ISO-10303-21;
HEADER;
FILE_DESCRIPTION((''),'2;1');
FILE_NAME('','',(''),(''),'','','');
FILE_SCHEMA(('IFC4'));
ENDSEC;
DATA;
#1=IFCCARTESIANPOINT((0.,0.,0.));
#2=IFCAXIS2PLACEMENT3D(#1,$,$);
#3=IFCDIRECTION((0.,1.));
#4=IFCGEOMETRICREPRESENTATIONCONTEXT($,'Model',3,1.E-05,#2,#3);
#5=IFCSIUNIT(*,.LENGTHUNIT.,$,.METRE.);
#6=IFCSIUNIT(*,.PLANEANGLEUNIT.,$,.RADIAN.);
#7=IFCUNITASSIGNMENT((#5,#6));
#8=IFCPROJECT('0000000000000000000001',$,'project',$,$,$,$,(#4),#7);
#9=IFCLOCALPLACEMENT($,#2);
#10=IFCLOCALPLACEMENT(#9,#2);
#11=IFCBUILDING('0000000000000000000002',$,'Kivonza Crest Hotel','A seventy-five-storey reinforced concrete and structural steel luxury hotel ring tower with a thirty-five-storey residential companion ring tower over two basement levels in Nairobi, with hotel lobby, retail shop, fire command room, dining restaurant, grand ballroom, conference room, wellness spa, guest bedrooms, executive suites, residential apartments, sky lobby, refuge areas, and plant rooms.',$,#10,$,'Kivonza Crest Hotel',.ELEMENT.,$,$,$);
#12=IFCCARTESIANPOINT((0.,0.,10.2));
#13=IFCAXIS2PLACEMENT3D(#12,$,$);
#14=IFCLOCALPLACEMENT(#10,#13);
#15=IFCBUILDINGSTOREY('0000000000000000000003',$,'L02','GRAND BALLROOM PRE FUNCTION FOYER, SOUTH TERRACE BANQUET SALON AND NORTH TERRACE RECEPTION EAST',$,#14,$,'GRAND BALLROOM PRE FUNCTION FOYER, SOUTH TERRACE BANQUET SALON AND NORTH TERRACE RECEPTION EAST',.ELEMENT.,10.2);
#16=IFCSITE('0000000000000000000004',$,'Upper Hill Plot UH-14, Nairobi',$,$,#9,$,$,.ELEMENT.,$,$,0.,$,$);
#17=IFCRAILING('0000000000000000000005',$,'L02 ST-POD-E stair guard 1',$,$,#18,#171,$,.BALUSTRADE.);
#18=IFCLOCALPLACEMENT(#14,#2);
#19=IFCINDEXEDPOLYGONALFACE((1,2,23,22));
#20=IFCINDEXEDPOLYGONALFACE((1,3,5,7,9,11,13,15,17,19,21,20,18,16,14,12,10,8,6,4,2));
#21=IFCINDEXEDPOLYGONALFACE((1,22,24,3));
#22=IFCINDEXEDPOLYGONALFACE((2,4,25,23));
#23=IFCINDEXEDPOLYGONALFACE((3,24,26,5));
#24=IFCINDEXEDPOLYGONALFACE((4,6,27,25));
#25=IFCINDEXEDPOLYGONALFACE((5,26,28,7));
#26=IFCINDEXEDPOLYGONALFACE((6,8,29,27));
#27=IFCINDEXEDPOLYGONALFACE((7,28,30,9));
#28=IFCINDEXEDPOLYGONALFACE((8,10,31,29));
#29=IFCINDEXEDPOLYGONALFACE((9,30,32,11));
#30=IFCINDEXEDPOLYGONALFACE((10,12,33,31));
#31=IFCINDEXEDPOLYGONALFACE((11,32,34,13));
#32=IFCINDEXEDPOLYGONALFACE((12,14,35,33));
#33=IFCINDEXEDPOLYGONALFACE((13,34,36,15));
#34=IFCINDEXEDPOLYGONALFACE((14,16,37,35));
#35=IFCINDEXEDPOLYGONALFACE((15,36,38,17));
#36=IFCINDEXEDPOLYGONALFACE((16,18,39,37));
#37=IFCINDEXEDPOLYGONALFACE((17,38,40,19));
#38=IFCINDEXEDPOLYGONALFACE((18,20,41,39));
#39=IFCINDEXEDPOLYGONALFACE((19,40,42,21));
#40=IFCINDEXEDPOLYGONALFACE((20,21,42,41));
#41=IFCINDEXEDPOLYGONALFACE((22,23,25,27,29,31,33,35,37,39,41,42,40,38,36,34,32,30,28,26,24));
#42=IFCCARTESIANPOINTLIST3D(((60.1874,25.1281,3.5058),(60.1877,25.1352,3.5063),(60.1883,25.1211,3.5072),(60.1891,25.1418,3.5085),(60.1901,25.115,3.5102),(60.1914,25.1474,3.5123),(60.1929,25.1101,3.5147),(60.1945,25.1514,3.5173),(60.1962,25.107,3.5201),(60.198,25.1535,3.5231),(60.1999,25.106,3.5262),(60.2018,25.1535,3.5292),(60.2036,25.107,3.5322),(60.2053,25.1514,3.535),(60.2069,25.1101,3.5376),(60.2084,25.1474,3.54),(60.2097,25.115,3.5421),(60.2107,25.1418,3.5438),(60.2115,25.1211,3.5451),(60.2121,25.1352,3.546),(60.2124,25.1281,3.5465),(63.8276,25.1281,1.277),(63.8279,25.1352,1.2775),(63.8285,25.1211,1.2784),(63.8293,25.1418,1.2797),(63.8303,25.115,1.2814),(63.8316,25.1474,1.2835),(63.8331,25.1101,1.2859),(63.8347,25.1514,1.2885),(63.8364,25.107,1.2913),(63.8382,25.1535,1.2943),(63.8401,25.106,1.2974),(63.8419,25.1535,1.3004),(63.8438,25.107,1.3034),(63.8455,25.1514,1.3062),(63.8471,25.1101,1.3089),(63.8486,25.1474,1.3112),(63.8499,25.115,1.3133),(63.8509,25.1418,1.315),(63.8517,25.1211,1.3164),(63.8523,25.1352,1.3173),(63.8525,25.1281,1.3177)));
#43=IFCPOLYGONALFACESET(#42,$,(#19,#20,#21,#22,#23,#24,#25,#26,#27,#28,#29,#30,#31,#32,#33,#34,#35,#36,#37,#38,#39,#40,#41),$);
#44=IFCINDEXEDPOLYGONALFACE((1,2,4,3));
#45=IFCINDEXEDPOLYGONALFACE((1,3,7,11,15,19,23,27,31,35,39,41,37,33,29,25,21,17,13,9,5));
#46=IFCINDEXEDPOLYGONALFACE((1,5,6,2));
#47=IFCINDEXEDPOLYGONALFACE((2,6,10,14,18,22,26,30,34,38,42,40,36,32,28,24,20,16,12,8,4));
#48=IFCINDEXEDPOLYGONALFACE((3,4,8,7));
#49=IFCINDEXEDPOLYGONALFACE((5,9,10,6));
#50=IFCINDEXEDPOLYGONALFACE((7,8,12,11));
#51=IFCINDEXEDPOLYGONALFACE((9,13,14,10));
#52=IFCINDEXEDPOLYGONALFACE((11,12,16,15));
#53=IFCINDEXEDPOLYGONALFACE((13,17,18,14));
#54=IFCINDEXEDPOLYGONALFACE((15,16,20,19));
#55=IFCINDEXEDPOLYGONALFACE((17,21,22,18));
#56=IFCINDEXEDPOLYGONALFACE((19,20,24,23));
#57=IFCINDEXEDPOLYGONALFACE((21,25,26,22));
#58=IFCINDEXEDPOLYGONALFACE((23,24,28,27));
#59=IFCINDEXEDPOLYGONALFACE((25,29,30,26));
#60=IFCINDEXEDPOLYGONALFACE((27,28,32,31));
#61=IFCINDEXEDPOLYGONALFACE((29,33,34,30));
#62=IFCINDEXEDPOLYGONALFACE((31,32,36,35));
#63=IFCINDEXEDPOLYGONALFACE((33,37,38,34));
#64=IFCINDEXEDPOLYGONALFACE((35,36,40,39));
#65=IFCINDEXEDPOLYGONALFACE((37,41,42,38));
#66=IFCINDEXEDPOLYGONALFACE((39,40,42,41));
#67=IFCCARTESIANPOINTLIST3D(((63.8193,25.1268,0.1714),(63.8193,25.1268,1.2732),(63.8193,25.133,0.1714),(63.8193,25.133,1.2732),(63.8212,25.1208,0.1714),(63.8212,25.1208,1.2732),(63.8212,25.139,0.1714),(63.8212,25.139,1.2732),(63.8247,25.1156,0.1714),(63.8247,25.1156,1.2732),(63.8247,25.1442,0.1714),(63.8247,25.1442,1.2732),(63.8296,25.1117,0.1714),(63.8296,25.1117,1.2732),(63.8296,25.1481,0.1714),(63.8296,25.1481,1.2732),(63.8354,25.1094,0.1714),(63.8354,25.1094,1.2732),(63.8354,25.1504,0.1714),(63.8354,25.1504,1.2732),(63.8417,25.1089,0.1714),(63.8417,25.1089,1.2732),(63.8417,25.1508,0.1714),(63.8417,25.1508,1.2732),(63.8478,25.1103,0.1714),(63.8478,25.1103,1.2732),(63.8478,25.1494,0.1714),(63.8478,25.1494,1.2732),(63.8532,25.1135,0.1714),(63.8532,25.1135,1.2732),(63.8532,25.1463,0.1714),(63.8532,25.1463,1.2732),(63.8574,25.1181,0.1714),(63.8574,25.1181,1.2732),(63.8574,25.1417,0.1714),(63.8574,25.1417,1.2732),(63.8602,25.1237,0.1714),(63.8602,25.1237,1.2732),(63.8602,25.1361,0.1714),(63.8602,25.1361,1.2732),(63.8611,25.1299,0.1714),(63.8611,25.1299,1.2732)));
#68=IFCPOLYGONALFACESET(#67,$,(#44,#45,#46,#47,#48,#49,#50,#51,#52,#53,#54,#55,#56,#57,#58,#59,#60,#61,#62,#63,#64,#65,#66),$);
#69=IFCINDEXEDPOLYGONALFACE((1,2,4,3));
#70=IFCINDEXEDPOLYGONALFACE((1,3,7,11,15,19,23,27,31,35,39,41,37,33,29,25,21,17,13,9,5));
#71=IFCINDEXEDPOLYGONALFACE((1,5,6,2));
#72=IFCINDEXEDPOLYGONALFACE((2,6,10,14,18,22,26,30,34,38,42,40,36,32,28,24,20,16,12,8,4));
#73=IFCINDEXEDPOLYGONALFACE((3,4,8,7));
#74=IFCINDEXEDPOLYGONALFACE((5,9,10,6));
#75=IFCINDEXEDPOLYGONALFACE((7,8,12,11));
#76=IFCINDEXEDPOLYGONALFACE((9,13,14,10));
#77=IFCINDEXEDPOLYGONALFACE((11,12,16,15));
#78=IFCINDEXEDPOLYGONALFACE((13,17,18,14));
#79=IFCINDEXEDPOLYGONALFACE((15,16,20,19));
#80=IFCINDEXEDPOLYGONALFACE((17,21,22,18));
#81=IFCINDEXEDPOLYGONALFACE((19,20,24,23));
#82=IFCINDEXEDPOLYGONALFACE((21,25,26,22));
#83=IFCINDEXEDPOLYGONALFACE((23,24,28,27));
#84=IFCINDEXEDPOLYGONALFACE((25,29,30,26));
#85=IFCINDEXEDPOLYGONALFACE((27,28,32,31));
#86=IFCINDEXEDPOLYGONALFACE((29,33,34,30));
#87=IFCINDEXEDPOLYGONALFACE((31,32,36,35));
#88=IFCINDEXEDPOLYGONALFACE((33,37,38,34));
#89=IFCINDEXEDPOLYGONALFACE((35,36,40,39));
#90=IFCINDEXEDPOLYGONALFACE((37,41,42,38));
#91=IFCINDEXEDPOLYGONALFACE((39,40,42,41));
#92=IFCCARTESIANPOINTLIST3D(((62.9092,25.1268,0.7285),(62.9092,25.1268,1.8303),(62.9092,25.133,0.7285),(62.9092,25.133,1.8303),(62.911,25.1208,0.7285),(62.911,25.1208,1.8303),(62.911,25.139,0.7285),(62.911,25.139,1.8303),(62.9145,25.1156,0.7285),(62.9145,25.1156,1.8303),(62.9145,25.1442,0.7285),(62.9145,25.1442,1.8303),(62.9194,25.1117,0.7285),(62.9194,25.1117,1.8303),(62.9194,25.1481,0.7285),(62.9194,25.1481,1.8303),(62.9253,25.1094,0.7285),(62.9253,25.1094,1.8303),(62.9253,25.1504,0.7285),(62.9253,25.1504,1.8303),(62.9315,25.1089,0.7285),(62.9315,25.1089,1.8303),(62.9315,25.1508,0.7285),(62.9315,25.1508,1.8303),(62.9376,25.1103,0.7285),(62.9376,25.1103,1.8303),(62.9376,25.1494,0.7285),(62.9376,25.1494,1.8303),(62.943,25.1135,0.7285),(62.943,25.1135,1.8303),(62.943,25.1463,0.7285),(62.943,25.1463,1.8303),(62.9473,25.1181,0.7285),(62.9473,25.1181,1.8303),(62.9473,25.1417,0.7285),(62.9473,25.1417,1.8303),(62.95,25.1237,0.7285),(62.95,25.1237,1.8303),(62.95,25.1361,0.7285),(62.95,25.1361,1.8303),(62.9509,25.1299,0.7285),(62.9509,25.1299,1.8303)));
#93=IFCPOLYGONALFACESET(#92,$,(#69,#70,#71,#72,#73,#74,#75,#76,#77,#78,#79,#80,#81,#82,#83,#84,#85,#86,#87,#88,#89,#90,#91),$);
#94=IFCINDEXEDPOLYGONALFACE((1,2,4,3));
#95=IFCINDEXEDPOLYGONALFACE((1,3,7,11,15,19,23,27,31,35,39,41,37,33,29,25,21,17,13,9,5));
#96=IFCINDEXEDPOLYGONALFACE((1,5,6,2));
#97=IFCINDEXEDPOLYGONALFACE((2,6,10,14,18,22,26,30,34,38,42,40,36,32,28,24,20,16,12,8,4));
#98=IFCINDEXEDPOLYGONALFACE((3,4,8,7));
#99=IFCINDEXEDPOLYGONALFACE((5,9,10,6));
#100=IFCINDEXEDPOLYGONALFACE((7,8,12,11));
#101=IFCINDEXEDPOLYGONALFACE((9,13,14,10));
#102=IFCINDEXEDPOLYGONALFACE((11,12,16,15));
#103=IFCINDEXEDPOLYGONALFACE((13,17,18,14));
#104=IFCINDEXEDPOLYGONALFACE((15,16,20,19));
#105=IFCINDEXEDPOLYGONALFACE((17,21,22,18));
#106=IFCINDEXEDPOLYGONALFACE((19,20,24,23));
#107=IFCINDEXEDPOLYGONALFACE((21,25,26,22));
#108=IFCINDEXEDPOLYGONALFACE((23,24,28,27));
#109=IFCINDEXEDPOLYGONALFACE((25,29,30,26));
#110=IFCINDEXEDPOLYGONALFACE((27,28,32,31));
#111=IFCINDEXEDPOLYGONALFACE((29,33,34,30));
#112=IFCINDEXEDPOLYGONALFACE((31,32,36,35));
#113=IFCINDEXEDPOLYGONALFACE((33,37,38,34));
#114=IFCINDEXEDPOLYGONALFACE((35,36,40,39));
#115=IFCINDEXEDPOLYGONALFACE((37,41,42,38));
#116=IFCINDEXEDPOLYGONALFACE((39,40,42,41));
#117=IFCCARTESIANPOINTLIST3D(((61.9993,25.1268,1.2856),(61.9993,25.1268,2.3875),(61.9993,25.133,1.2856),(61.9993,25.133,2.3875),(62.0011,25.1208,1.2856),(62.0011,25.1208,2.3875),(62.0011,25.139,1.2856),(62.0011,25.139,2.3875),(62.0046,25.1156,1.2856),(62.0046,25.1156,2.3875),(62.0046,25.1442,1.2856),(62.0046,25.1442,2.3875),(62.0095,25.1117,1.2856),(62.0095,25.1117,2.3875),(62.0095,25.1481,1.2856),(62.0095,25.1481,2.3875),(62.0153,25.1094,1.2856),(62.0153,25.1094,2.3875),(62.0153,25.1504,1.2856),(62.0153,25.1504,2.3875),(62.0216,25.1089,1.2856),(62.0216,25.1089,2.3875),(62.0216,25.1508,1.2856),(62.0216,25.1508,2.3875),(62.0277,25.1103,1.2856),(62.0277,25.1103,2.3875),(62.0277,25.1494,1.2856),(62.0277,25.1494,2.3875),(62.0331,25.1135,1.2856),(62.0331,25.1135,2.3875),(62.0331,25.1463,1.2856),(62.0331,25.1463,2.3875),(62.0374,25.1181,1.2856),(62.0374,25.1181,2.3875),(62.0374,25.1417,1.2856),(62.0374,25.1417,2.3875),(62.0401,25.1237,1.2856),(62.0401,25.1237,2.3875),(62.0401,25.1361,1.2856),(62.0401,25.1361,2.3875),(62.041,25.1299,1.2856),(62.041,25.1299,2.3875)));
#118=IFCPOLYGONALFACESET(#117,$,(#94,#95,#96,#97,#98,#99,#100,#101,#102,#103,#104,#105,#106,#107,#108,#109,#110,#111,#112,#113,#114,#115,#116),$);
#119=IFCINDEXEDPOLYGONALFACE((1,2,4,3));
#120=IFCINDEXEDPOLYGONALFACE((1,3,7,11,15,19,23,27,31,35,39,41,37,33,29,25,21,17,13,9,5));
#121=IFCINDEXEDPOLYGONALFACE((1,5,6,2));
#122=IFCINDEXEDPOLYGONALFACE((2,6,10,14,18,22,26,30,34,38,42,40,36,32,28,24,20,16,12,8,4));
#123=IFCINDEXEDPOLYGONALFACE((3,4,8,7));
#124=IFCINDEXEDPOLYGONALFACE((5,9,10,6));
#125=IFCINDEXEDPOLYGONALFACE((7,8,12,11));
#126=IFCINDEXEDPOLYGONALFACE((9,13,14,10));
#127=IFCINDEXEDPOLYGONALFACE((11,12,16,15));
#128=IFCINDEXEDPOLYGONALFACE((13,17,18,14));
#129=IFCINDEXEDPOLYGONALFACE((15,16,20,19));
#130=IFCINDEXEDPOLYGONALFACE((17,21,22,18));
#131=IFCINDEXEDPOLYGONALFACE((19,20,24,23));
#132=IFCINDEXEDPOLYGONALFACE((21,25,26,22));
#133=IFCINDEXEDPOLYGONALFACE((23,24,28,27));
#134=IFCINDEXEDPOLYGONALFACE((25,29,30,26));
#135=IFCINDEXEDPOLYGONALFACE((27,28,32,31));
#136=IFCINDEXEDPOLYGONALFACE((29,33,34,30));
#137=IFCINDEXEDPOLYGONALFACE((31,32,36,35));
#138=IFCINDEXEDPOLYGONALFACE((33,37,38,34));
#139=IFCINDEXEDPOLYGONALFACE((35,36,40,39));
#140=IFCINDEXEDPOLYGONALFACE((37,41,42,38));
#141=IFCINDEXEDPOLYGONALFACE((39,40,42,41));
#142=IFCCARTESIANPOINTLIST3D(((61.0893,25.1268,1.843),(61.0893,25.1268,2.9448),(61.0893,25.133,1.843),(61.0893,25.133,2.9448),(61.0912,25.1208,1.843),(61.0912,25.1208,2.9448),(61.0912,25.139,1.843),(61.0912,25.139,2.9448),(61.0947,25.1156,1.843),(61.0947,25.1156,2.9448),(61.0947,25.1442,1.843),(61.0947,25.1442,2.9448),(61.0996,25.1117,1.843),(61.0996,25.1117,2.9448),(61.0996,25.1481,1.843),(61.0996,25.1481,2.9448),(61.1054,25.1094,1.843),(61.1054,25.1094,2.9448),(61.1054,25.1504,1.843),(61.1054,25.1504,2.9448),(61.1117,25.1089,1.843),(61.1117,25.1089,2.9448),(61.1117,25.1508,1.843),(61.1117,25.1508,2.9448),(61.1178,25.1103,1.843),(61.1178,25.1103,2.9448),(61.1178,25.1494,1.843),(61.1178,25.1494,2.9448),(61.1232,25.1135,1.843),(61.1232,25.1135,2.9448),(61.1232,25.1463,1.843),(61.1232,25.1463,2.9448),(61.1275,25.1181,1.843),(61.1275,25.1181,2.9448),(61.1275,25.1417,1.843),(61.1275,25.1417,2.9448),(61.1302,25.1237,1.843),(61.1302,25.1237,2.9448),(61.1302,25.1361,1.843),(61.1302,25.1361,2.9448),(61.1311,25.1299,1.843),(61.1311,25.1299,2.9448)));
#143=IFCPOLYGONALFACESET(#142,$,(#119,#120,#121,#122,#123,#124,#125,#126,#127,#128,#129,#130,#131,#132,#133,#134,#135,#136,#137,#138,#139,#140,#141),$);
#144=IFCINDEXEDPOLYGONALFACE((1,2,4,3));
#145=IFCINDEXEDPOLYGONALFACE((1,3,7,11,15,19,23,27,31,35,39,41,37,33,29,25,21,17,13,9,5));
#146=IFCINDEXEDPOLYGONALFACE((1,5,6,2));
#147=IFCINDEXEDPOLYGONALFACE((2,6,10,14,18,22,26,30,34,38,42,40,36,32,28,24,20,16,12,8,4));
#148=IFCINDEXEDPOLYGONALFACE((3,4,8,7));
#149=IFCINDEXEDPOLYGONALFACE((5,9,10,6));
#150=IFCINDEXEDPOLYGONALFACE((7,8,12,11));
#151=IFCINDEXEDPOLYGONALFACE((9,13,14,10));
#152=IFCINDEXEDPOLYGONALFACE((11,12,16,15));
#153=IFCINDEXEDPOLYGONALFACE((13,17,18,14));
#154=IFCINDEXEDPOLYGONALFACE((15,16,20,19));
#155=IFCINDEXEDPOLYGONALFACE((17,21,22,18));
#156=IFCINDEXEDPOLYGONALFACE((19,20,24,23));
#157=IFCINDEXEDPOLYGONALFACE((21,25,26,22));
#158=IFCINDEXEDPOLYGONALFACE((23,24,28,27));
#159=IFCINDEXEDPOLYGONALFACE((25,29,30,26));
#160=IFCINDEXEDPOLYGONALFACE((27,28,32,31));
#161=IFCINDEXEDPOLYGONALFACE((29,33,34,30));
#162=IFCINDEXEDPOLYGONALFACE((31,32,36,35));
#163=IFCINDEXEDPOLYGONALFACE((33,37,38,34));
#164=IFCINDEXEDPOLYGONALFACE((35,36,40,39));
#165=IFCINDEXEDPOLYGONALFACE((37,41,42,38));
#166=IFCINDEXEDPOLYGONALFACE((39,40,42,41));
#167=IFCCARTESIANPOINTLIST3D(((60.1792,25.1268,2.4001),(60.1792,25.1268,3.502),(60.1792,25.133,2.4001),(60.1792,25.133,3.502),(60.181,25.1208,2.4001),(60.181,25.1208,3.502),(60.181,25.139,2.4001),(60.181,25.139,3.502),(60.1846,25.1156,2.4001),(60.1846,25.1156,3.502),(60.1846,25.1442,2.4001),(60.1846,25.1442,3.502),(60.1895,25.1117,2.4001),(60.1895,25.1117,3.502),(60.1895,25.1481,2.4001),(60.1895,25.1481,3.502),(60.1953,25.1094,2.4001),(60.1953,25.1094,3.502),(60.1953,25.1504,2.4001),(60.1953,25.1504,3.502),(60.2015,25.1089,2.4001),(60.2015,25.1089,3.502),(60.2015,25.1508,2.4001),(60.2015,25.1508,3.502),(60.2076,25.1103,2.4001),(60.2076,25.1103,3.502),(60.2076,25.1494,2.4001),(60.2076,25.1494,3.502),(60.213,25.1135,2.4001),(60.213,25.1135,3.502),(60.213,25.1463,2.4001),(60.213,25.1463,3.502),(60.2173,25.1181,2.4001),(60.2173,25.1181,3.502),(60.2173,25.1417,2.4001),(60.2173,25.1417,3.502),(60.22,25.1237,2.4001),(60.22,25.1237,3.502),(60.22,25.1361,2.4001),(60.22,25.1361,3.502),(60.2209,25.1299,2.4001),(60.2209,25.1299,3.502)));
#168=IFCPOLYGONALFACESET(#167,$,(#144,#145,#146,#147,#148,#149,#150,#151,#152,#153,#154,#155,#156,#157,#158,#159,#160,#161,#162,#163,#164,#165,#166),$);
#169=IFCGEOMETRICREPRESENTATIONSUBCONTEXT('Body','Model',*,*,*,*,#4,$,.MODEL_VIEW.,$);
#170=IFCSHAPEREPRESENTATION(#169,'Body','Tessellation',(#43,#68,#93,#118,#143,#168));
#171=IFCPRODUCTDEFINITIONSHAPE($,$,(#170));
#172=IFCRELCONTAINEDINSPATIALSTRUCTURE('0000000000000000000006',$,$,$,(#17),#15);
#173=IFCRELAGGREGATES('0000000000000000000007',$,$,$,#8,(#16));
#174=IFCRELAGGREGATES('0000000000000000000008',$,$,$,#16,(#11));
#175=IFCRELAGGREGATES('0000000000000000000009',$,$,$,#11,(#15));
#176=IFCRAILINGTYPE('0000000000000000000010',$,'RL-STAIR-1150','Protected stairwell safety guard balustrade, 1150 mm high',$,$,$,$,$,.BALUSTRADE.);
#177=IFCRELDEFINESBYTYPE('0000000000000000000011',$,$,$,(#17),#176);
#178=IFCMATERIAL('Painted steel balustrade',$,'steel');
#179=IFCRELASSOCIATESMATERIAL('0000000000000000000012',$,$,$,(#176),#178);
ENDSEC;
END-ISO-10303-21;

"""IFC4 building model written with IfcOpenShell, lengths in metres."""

from ifc_helpers import new_model, si_unit, direction, frame, origin, origin_2d, place, context, subcontext, project, spatial, circle, extrude, material, type_object, element, save


model = new_model("IFC4")

# Units and contexts
model_context = context("Model", 3, precision=1e-05, world=origin(), true_north=direction((0.0, 1.0)))
body_context = subcontext(model_context, "Body", "Model", "MODEL_VIEW")
ifc_project = project(units=[si_unit("LENGTHUNIT", "METRE"), si_unit("PLANEANGLEUNIT", "RADIAN")], contexts=[model_context])

# Site, building, storey
site_placement = place(None, origin())
site = spatial("IfcSite", under=ifc_project, at=site_placement, Name="Upper Hill Plot UH-14, Nairobi", CompositionType="ELEMENT", RefElevation=0.0)
building_placement = place(site_placement, origin())
building = spatial("IfcBuilding", under=site, at=building_placement, Name="Kivonza Crest Hotel", Description="A seventy-five-storey reinforced concrete and structural steel luxury hotel ring tower with a thirty-five-storey residential companion ring tower over two basement levels in Nairobi, with hotel lobby, retail shop, fire command room, dining restaurant, grand ballroom, conference room, wellness spa, guest bedrooms, executive suites, residential apartments, sky lobby, refuge areas, and plant rooms.", LongName="Kivonza Crest Hotel", CompositionType="ELEMENT")
storey_placement = place(building_placement, frame((0.0, 0.0, 10.2)))
storey = spatial("IfcBuildingStorey", under=building, at=storey_placement, Name="L02", Description="GRAND BALLROOM PRE FUNCTION FOYER, SOUTH TERRACE BANQUET SALON AND NORTH TERRACE RECEPTION EAST", LongName="GRAND BALLROOM PRE FUNCTION FOYER, SOUTH TERRACE BANQUET SALON AND NORTH TERRACE RECEPTION EAST", CompositionType="ELEMENT", Elevation=10.2)

# Railing
ifc_material_1 = material(Name="Painted steel balustrade", Category="steel")
railing_type_1 = type_object("IfcRailingType", Name="RL-STAIR-1150", Description="Protected stairwell safety guard balustrade, 1150 mm high", PredefinedType="BALUSTRADE", material=ifc_material_1)
railing_1_placement = place(storey_placement, frame((63.8401, 25.1299, 0.1714)))
element("IfcRailing", 1, at=railing_1_placement, inside=storey, type_object=railing_type_1, Name="L02 ST-POD-E stair guard 1", PredefinedType="BALUSTRADE", context=body_context, shape_type="SweptSolid", body=[
    extrude(circle(Radius=0.0239, at=origin_2d()), frame((0.0, 0.0, 1.126), z_axis=(-0.85284, 0.0, 0.522172), x_axis=(0.0, -1.0, 0.0)), (0.0, 0.0, 1.0), 4.2683),
    extrude(circle(Radius=0.021, at=origin_2d()), origin(), (0.0, 0.0, 1.0), 1.1018),
    extrude(circle(Radius=0.021, at=origin_2d()), frame((-0.9102, 0.0, 0.5571)), (0.0, 0.0, 1.0), 1.1018),
    extrude(circle(Radius=0.021, at=origin_2d()), frame((-1.8201, 0.0, 1.1143)), (0.0, 0.0, 1.0), 1.1018),
    extrude(circle(Radius=0.021, at=origin_2d()), frame((-2.73, 0.0, 1.6716)), (0.0, 0.0, 1.0), 1.1018),
    extrude(circle(Radius=0.021, at=origin_2d()), frame((-3.6401, 0.0, 2.2288)), (0.0, 0.0, 1.0), 1.1018),
])

save(model, "model.ifc")
